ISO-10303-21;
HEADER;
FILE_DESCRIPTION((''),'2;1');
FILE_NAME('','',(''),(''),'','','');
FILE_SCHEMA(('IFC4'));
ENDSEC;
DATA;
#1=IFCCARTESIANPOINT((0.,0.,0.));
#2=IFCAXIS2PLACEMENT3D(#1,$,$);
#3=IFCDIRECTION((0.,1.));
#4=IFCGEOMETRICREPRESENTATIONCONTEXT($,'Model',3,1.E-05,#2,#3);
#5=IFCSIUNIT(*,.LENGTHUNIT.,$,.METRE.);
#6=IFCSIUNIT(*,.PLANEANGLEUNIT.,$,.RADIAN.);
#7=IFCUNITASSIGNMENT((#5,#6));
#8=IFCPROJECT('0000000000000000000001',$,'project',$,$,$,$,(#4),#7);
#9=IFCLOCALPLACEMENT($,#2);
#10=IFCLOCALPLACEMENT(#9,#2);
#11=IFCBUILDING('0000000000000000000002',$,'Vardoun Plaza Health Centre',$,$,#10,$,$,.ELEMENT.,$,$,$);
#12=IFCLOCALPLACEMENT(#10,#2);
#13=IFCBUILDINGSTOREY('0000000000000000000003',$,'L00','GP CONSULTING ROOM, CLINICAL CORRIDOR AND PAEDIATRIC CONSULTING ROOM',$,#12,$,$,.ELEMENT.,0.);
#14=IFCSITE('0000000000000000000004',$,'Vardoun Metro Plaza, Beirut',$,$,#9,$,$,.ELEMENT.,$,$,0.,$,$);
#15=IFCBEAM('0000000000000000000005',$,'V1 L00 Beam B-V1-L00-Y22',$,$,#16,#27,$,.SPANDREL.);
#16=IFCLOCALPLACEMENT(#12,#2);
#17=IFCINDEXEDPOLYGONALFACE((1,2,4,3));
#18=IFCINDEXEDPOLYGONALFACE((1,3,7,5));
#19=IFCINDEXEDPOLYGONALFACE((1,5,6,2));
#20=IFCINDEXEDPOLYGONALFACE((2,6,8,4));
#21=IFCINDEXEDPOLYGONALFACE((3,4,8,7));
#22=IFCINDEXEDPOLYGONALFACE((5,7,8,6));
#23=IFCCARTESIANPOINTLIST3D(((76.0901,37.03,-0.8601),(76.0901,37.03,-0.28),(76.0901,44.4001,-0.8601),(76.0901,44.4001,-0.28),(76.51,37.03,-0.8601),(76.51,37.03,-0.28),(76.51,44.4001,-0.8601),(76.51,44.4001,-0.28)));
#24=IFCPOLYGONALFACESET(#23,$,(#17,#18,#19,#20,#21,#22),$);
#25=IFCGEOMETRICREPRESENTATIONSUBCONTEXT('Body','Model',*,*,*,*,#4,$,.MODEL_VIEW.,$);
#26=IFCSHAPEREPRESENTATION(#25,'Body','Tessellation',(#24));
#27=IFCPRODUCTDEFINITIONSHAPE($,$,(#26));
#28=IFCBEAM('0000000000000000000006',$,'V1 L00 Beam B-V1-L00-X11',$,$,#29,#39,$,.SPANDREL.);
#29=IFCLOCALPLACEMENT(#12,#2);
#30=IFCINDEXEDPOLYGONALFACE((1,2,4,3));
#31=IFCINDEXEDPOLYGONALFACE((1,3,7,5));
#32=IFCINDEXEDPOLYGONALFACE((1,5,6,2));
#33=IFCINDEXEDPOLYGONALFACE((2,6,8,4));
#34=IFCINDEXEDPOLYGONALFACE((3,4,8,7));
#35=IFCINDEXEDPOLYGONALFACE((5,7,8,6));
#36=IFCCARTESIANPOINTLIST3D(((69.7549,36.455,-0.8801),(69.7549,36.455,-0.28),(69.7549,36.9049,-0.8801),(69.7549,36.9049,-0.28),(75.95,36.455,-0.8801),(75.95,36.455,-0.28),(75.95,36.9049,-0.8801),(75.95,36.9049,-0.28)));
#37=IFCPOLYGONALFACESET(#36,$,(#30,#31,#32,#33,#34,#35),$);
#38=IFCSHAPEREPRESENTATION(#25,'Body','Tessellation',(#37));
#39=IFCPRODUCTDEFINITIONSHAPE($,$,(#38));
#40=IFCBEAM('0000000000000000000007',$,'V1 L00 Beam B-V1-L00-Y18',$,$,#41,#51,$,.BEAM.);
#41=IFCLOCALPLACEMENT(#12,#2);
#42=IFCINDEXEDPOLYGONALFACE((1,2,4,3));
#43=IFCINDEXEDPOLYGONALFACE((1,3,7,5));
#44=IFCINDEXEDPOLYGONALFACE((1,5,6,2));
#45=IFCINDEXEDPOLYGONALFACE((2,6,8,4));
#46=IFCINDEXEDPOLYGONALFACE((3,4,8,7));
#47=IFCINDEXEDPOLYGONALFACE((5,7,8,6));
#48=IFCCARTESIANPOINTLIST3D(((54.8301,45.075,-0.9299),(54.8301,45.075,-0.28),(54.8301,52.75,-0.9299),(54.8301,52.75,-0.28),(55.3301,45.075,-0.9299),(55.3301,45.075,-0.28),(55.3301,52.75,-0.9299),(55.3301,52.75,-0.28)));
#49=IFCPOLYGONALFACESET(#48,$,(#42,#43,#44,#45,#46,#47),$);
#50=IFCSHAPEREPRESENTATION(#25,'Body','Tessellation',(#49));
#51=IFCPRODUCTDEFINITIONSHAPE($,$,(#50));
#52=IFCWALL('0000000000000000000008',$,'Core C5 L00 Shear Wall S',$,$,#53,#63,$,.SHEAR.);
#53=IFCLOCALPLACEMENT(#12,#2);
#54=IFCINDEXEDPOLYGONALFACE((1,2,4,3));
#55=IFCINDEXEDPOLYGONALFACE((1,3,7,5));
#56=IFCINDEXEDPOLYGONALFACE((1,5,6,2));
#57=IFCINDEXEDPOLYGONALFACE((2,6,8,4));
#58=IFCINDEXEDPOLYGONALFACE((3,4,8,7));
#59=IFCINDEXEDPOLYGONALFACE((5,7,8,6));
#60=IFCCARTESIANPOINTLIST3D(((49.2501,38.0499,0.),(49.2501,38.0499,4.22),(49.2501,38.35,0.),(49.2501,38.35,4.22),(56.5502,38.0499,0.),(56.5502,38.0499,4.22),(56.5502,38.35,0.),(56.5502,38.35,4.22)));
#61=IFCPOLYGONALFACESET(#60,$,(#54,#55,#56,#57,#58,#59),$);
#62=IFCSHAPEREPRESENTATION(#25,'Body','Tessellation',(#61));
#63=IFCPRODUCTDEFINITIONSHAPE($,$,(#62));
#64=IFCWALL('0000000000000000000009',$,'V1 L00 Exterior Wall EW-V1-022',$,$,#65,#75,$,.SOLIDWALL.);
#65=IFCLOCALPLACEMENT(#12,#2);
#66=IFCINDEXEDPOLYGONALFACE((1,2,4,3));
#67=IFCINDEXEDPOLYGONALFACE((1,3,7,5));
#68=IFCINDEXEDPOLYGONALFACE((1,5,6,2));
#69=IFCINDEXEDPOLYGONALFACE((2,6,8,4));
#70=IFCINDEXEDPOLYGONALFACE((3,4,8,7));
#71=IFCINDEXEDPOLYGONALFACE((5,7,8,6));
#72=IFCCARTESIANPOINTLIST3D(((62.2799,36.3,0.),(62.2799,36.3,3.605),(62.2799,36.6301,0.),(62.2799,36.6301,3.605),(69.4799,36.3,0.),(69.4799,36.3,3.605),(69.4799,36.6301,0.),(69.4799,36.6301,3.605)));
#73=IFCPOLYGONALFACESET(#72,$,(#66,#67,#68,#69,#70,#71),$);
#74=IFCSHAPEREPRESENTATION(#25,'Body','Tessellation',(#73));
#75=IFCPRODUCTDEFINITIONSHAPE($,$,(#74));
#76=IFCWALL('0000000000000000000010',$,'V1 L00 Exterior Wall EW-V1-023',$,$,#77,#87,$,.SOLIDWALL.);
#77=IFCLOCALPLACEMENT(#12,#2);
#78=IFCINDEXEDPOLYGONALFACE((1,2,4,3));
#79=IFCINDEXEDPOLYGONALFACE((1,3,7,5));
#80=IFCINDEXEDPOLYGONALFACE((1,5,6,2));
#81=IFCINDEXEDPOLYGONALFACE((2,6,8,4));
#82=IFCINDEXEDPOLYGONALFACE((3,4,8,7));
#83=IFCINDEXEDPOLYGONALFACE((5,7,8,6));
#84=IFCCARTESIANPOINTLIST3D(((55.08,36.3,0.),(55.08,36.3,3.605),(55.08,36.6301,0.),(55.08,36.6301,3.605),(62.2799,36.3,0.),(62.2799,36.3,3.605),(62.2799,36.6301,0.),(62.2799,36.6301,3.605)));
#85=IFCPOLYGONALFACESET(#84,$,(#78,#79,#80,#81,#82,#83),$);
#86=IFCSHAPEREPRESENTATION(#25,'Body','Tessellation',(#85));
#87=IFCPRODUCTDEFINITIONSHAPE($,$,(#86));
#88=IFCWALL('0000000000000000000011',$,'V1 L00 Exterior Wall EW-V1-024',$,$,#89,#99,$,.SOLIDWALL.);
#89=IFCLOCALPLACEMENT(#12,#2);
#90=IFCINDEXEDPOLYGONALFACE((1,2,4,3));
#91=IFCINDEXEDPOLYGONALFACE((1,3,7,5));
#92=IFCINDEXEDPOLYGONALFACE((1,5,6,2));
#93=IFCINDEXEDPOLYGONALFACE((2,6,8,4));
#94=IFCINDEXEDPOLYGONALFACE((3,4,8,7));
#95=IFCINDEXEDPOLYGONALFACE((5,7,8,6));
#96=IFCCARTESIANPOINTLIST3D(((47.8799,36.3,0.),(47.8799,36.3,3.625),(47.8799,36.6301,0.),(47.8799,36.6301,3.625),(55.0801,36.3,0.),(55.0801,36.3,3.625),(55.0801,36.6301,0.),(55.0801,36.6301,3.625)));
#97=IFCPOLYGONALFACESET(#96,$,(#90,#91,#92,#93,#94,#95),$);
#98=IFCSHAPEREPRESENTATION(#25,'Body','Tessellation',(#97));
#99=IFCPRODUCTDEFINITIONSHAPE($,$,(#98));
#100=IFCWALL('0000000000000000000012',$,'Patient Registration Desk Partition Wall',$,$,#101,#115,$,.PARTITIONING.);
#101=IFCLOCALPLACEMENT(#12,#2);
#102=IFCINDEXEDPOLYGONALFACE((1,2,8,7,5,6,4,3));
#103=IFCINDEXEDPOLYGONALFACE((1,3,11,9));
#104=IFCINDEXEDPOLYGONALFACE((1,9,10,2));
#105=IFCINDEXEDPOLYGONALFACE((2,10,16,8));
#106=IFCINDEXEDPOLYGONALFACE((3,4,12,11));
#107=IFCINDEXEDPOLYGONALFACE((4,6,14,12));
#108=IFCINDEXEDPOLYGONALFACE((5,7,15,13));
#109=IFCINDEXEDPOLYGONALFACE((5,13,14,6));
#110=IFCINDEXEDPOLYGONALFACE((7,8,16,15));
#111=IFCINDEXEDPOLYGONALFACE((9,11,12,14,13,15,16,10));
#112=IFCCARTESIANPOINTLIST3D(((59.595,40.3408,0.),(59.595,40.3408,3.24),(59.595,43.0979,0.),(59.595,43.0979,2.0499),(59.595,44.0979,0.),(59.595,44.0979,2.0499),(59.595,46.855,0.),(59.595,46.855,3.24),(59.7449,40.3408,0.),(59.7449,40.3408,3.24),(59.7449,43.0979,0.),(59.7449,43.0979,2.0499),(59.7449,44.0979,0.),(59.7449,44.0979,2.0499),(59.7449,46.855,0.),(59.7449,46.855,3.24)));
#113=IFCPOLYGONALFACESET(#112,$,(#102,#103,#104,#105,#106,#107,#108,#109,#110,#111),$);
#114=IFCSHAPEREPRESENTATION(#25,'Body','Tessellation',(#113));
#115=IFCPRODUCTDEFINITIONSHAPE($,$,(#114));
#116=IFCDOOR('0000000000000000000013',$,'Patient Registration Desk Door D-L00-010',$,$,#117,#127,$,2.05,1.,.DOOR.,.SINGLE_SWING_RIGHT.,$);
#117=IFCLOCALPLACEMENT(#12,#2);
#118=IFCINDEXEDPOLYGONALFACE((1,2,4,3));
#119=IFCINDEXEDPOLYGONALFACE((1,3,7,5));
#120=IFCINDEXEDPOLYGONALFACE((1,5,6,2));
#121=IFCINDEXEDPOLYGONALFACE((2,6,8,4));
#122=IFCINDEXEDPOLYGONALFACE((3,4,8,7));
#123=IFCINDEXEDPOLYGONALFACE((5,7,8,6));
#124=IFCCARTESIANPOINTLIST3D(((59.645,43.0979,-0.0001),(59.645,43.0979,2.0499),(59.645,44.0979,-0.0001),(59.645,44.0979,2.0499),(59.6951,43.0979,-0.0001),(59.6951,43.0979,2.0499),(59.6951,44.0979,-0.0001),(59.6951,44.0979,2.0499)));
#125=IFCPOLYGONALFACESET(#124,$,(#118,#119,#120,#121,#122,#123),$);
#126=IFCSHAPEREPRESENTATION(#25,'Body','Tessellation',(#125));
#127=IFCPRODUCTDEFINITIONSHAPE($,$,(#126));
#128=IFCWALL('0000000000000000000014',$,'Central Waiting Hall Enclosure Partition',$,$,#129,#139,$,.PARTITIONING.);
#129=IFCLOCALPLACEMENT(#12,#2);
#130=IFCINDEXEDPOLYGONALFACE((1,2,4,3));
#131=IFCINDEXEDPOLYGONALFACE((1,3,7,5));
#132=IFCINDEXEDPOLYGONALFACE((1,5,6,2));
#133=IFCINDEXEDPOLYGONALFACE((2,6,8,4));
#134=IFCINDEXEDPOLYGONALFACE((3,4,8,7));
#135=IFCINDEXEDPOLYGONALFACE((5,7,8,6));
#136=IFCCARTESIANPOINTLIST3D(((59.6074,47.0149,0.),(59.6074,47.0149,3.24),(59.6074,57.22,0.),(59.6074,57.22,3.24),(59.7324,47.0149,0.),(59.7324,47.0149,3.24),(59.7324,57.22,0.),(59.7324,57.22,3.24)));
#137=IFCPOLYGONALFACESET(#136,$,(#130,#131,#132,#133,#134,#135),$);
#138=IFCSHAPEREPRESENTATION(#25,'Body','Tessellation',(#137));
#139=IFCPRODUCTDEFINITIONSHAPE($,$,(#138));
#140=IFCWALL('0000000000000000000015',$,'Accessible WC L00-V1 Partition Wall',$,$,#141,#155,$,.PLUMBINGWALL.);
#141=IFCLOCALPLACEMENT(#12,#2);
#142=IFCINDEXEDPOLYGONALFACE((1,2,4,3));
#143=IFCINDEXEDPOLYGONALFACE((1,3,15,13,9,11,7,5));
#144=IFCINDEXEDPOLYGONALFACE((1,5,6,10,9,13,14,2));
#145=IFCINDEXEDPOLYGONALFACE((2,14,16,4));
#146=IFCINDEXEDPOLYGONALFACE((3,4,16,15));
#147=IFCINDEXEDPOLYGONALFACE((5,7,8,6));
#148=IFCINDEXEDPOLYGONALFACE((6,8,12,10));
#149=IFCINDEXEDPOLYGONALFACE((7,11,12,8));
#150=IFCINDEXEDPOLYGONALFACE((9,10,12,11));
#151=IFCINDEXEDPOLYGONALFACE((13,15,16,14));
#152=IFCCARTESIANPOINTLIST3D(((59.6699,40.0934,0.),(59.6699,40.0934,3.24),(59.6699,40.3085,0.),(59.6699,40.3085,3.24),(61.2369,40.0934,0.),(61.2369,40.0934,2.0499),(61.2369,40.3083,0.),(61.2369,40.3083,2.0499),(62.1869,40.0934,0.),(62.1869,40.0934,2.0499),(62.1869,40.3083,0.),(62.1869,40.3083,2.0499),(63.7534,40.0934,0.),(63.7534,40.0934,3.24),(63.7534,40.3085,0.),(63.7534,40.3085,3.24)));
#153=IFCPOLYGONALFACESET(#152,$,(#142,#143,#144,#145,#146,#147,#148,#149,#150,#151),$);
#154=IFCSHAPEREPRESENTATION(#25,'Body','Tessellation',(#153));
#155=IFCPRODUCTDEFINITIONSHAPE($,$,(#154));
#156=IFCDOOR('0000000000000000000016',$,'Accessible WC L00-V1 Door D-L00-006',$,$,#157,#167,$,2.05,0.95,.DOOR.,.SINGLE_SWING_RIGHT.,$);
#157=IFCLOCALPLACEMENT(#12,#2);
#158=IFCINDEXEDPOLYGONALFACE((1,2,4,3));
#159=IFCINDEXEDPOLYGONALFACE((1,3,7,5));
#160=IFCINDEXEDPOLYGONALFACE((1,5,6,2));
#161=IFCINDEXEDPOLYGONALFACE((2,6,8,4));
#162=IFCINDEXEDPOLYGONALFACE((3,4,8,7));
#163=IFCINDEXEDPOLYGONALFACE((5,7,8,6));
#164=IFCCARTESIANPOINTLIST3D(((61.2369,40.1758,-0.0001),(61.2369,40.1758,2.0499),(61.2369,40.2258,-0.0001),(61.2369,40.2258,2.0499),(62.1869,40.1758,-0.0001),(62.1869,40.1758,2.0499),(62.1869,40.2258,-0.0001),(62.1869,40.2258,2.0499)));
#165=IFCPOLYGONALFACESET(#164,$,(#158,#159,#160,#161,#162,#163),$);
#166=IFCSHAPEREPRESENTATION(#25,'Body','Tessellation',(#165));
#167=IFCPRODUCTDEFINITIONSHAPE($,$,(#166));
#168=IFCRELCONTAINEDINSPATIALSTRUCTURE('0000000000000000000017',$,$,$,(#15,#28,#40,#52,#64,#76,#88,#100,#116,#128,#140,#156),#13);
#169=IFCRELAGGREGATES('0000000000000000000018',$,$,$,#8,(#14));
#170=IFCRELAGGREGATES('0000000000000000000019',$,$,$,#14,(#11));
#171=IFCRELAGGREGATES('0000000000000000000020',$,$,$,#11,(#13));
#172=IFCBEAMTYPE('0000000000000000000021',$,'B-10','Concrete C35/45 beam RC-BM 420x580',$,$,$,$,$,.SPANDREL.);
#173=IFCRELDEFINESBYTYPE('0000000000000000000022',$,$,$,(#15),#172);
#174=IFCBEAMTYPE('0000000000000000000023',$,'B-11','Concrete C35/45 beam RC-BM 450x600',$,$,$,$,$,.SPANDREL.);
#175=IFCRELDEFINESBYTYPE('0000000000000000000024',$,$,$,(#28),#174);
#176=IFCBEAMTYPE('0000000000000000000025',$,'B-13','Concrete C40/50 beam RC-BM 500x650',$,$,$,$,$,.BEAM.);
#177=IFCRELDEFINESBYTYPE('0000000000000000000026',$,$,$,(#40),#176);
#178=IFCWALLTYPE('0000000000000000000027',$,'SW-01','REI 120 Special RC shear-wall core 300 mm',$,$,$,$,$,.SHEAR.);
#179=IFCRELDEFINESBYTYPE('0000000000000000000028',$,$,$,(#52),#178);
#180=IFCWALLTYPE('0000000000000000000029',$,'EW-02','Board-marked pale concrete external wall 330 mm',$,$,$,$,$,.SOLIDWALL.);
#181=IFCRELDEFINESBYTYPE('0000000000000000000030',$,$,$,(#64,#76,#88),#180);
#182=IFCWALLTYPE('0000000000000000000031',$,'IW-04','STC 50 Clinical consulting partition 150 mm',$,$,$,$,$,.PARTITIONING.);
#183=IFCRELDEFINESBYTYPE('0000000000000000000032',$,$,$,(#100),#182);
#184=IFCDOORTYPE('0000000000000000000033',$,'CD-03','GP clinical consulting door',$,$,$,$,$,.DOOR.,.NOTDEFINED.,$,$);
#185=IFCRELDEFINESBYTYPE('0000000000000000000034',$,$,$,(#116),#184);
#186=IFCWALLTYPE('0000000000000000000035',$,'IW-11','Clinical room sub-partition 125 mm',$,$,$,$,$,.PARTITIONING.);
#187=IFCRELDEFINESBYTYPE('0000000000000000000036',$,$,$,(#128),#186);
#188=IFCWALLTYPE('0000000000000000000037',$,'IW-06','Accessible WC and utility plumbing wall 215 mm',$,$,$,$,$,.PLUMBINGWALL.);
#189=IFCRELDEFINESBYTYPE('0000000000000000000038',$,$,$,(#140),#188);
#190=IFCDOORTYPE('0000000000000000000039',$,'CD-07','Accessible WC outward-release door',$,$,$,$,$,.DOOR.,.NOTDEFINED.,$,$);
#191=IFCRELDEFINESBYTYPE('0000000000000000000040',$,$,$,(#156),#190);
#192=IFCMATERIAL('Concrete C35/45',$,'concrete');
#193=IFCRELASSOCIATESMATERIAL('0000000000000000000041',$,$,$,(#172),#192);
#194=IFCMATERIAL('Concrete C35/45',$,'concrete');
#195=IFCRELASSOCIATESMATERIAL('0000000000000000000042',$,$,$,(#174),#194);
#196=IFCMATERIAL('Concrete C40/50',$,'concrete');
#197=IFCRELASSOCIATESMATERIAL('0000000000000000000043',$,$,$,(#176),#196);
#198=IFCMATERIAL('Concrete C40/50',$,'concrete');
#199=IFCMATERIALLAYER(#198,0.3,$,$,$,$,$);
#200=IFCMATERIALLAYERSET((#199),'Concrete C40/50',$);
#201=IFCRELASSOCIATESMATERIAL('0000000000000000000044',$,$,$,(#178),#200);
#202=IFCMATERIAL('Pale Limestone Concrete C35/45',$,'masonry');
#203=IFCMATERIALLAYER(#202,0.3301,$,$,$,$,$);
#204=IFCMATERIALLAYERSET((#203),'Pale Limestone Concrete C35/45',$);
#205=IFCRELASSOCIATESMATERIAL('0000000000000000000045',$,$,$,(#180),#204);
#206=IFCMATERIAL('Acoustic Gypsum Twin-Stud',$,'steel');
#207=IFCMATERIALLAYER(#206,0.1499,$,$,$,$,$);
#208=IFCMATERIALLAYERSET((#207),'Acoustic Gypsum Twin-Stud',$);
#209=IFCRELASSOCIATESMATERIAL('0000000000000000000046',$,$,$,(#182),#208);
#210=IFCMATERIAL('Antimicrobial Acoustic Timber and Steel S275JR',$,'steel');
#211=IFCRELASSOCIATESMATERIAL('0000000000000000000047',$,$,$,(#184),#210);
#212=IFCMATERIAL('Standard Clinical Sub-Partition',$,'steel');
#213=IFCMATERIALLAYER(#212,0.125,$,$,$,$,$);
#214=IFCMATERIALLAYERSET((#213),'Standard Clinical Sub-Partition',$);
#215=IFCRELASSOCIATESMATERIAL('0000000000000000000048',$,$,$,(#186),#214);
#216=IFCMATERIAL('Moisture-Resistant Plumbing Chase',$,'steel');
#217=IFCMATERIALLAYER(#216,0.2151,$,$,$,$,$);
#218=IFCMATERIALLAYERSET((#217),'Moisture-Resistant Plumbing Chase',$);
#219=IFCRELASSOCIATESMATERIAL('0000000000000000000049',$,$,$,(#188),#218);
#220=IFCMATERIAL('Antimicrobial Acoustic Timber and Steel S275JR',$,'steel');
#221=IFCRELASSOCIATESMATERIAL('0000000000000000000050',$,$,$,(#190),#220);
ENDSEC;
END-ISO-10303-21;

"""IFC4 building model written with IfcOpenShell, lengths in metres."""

from ifc_helpers import new_model, si_unit, direction, frame, frame_2d, origin, origin_2d, place, context, subcontext, project, spatial, rectangle, extrude, material, layer, layer_set, material_profile, profile_set, type_object, element, fill, save


model = new_model("IFC4")

# Units and contexts
model_context = context("Model", 3, precision=1e-05, world=origin(), true_north=direction((0.0, 1.0)))
body_context = subcontext(model_context, "Body", "Model", "MODEL_VIEW")
ifc_project = project(units=[si_unit("LENGTHUNIT", "METRE"), si_unit("PLANEANGLEUNIT", "RADIAN")], contexts=[model_context])

# Site, building, storey
site_placement = place(None, origin())
site = spatial("IfcSite", under=ifc_project, at=site_placement, Name="Vardoun Metro Plaza, Beirut", CompositionType="ELEMENT", RefElevation=0.0)
building_placement = place(site_placement, origin())
building = spatial("IfcBuilding", under=site, at=building_placement, Name="Vardoun Plaza Health Centre", CompositionType="ELEMENT")
storey_placement = place(building_placement, origin())
storey = spatial("IfcBuildingStorey", under=building, at=storey_placement, Name="L00", Description="GP CONSULTING ROOM, CLINICAL CORRIDOR AND PAEDIATRIC CONSULTING ROOM", CompositionType="ELEMENT", Elevation=0.0)

# Beams
ifc_material_1 = material(Name="Concrete C35/45", Category="concrete")
ifc_material_profile_1 = material_profile(ifc_material_1, rectangle(XDim=0.4199, YDim=0.5801, at=origin_2d()), Name="RC-BM 420x580")
ifc_profile_set_1 = profile_set([ifc_material_profile_1], Name="Concrete C35/45")
beam_type_1 = type_object("IfcBeamType", Name="B-10", Description="Concrete C35/45 beam RC-BM 420x580", PredefinedType="SPANDREL", material=ifc_profile_set_1)
beam_1_placement = place(storey_placement, frame((76.3, 37.03, -0.5701), z_axis=(0.0, 1.0, 0.0), x_axis=(-1.0, 0.0, 0.0)))
element("IfcBeam", 1, at=beam_1_placement, inside=storey, type_object=beam_type_1, Name="V1 L00 Beam B-V1-L00-Y22", PredefinedType="SPANDREL", context=body_context, shape_type="SweptSolid", body=[
    extrude(rectangle(XDim=0.4199, YDim=0.5801, at=origin_2d()), origin(), (0.0, 0.0, 1.0), 7.3701),
])
ifc_material_2 = material(Name="Concrete C35/45", Category="concrete")
ifc_material_profile_2 = material_profile(ifc_material_2, rectangle(XDim=0.45, YDim=0.6001, at=origin_2d()), Name="RC-BM 450x600")
ifc_profile_set_2 = profile_set([ifc_material_profile_2], Name="Concrete C35/45")
beam_type_2 = type_object("IfcBeamType", Name="B-11", Description="Concrete C35/45 beam RC-BM 450x600", PredefinedType="SPANDREL", material=ifc_profile_set_2)
beam_2_placement = place(storey_placement, frame((69.7549, 36.6799, -0.5801), z_axis=(1.0, 0.0, 0.0), x_axis=(0.0, 1.0, 0.0)))
element("IfcBeam", 2, at=beam_2_placement, inside=storey, type_object=beam_type_2, Name="V1 L00 Beam B-V1-L00-X11", PredefinedType="SPANDREL", context=body_context, shape_type="SweptSolid", body=[
    extrude(rectangle(XDim=0.45, YDim=0.6001, at=origin_2d()), origin(), (0.0, 0.0, 1.0), 6.1951),
])
ifc_material_3 = material(Name="Concrete C40/50", Category="concrete")
ifc_material_profile_3 = material_profile(ifc_material_3, rectangle(XDim=0.5, YDim=0.6499, at=origin_2d()), Name="RC-BM 500x650")
ifc_profile_set_3 = profile_set([ifc_material_profile_3], Name="Concrete C40/50")
beam_type_3 = type_object("IfcBeamType", Name="B-13", Description="Concrete C40/50 beam RC-BM 500x650", PredefinedType="BEAM", material=ifc_profile_set_3)
beam_3_placement = place(storey_placement, frame((55.0801, 45.075, -0.605), z_axis=(0.0, 1.0, 0.0), x_axis=(-1.0, 0.0, 0.0)))
element("IfcBeam", 3, at=beam_3_placement, inside=storey, type_object=beam_type_3, Name="V1 L00 Beam B-V1-L00-Y18", PredefinedType="BEAM", context=body_context, shape_type="SweptSolid", body=[
    extrude(rectangle(XDim=0.5, YDim=0.6499, at=origin_2d()), origin(), (0.0, 0.0, 1.0), 7.675),
])

# Wall
ifc_material_4 = material(Name="Concrete C40/50", Category="concrete")
ifc_layer_1 = layer(ifc_material_4, 0.3)
ifc_layer_set_1 = layer_set([ifc_layer_1], Name="Concrete C40/50")
wall_type_1 = type_object("IfcWallType", Name="SW-01", Description="REI 120 Special RC shear-wall core 300 mm", PredefinedType="SHEAR", material=ifc_layer_set_1)
wall_1_placement = place(storey_placement, frame((56.55, 38.2, 0.0), z_axis=(0.0, 0.0, 1.0), x_axis=(-1.0, 0.0, 0.0)))
element("IfcWall", 4, at=wall_1_placement, inside=storey, type_object=wall_type_1, Name="Core C5 L00 Shear Wall S", PredefinedType="SHEAR", context=body_context, shape_type="SweptSolid", body=[
    extrude(rectangle(XDim=7.3, YDim=0.3, at=frame_2d((3.6499, 0.0))), origin(), (0.0, 0.0, 1.0), 4.22),
])

# Walls
ifc_material_5 = material(Name="Pale Limestone Concrete C35/45", Category="masonry")
ifc_layer_2 = layer(ifc_material_5, 0.3301)
ifc_layer_set_2 = layer_set([ifc_layer_2], Name="Pale Limestone Concrete C35/45")
wall_type_2 = type_object("IfcWallType", Name="EW-02", Description="Board-marked pale concrete external wall 330 mm", PredefinedType="SOLIDWALL", material=ifc_layer_set_2)
for number, where, z_axis, x_axis, name in (
    (5, (69.48, 36.4651, 0.0), (0.0, 0.0, 1.0), (-1.0, 0.0, 0.0), "V1 L00 Exterior Wall EW-V1-022"),
    (6, (62.28, 36.4651, 0.0), (0.0, 0.0, 1.0), (-1.0, 0.0, 0.0), "V1 L00 Exterior Wall EW-V1-023"),
):
    element("IfcWall", number, at=place(storey_placement, frame(where, z_axis=z_axis, x_axis=x_axis)), inside=storey, type_object=wall_type_2, Name=name, PredefinedType="SOLIDWALL", context=body_context, shape_type="SweptSolid", body=[
        extrude(rectangle(XDim=7.2, YDim=0.3301, at=frame_2d((3.6001, 0.0))), origin(), (0.0, 0.0, 1.0), 3.605),
    ])
wall_2_placement = place(storey_placement, frame((55.0801, 36.4651, 0.0), z_axis=(0.0, 0.0, 1.0), x_axis=(-1.0, 0.0, 0.0)))
element("IfcWall", 7, at=wall_2_placement, inside=storey, type_object=wall_type_2, Name="V1 L00 Exterior Wall EW-V1-024", PredefinedType="SOLIDWALL", context=body_context, shape_type="SweptSolid", body=[
    extrude(rectangle(XDim=7.2002, YDim=0.3301, at=frame_2d((3.6001, 0.0))), origin(), (0.0, 0.0, 1.0), 3.625),
])

# Wall, opening, door
ifc_material_6 = material(Name="Acoustic Gypsum Twin-Stud", Category="steel")
ifc_layer_3 = layer(ifc_material_6, 0.1499)
ifc_layer_set_3 = layer_set([ifc_layer_3], Name="Acoustic Gypsum Twin-Stud")
wall_type_3 = type_object("IfcWallType", Name="IW-04", Description="STC 50 Clinical consulting partition 150 mm", PredefinedType="PARTITIONING", material=ifc_layer_set_3)
wall_3_placement = place(storey_placement, frame((59.6699, 40.3408, 0.0), z_axis=(0.0, 0.0, 1.0), x_axis=(0.0, 1.0, 0.0)))
wall_3 = element("IfcWall", 8, at=wall_3_placement, inside=storey, type_object=wall_type_3, Name="Patient Registration Desk Partition Wall", PredefinedType="PARTITIONING", context=body_context, shape_type="SweptSolid", body=[
    extrude(rectangle(XDim=6.5142, YDim=0.1499, at=frame_2d((3.2571, 0.0))), origin(), (0.0, 0.0, 1.0), 3.24),
])
opening_1_placement = place(wall_3_placement, frame((2.7571, 0.0, 0.0)))
opening_1 = element("IfcOpeningElement", 9, at=opening_1_placement, cuts=wall_3, PredefinedType="OPENING", context=body_context, shape_type="SweptSolid", body=[
    extrude(rectangle(XDim=1.0, YDim=2.05, at=frame_2d((0.5, 1.0249))), frame((0.0, 0.075, 0.0), z_axis=(0.0, -1.0, 0.0), x_axis=(1.0, 0.0, 0.0)), (0.0, 0.0, 1.0), 0.1499),
])
ifc_material_7 = material(Name="Antimicrobial Acoustic Timber and Steel S275JR", Category="steel")
door_type_1 = type_object("IfcDoorType", Name="CD-03", Description="GP clinical consulting door", OperationType="NOTDEFINED", PredefinedType="DOOR", material=ifc_material_7)
door_1_placement = place(opening_1_placement, origin())
door_1 = element("IfcDoor", 10, at=door_1_placement, inside=storey, type_object=door_type_1, Name="Patient Registration Desk Door D-L00-010", OperationType="SINGLE_SWING_RIGHT", OverallHeight=2.05, OverallWidth=1.0, PredefinedType="DOOR", context=body_context, shape_type="SweptSolid", body=[
    extrude(rectangle(XDim=1.0, YDim=2.05, at=frame_2d((0.5, 1.0249))), frame((0.0, 0.0249, 0.0), z_axis=(0.0, -1.0, 0.0), x_axis=(1.0, 0.0, 0.0)), (0.0, 0.0, 1.0), 0.05),
])
fill(opening_1, door_1)

# Wall
ifc_material_8 = material(Name="Standard Clinical Sub-Partition", Category="steel")
ifc_layer_4 = layer(ifc_material_8, 0.125)
ifc_layer_set_4 = layer_set([ifc_layer_4], Name="Standard Clinical Sub-Partition")
wall_type_4 = type_object("IfcWallType", Name="IW-11", Description="Clinical room sub-partition 125 mm", PredefinedType="PARTITIONING", material=ifc_layer_set_4)
wall_4_placement = place(storey_placement, frame((59.6699, 47.0149, 0.0), z_axis=(0.0, 0.0, 1.0), x_axis=(0.0, 1.0, 0.0)))
element("IfcWall", 11, at=wall_4_placement, inside=storey, type_object=wall_type_4, Name="Central Waiting Hall Enclosure Partition", PredefinedType="PARTITIONING", context=body_context, shape_type="SweptSolid", body=[
    extrude(rectangle(XDim=10.2051, YDim=0.125, at=frame_2d((5.1025, 0.0))), origin(), (0.0, 0.0, 1.0), 3.24),
])

# Wall, opening, door
ifc_material_9 = material(Name="Moisture-Resistant Plumbing Chase", Category="steel")
ifc_layer_5 = layer(ifc_material_9, 0.2151)
ifc_layer_set_5 = layer_set([ifc_layer_5], Name="Moisture-Resistant Plumbing Chase")
wall_type_5 = type_object("IfcWallType", Name="IW-06", Description="Accessible WC and utility plumbing wall 215 mm", PredefinedType="PLUMBINGWALL", material=ifc_layer_set_5)
wall_5_placement = place(storey_placement, frame((59.6699, 40.2009, 0.0), z_axis=(0.0, 0.0, 1.0), x_axis=(1.0, 0.0, 0.0)))
wall_5 = element("IfcWall", 12, at=wall_5_placement, inside=storey, type_object=wall_type_5, Name="Accessible WC L00-V1 Partition Wall", PredefinedType="PLUMBINGWALL", context=body_context, shape_type="SweptSolid", body=[
    extrude(rectangle(XDim=4.0835, YDim=0.2151, at=frame_2d((2.0417, 0.0))), origin(), (0.0, 0.0, 1.0), 3.24),
])
opening_2_placement = place(wall_5_placement, frame((1.5669, 0.0, 0.0)))
opening_2 = element("IfcOpeningElement", 13, at=opening_2_placement, cuts=wall_5, PredefinedType="OPENING", context=body_context, shape_type="SweptSolid", body=[
    extrude(rectangle(XDim=0.95, YDim=2.05, at=frame_2d((0.4751, 1.0249))), frame((0.0, 0.1074, 0.0), z_axis=(0.0, -1.0, 0.0), x_axis=(1.0, 0.0, 0.0)), (0.0, 0.0, 1.0), 0.2151),
])
ifc_material_10 = material(Name="Antimicrobial Acoustic Timber and Steel S275JR", Category="steel")
door_type_2 = type_object("IfcDoorType", Name="CD-07", Description="Accessible WC outward-release door", OperationType="NOTDEFINED", PredefinedType="DOOR", material=ifc_material_10)
door_2_placement = place(opening_2_placement, origin())
door_2 = element("IfcDoor", 14, at=door_2_placement, inside=storey, type_object=door_type_2, Name="Accessible WC L00-V1 Door D-L00-006", OperationType="SINGLE_SWING_RIGHT", OverallHeight=2.05, OverallWidth=0.95, PredefinedType="DOOR", context=body_context, shape_type="SweptSolid", body=[
    extrude(rectangle(XDim=0.95, YDim=2.05, at=frame_2d((0.4751, 1.0249))), frame((0.0, 0.0249, 0.0), z_axis=(0.0, -1.0, 0.0), x_axis=(1.0, 0.0, 0.0)), (0.0, 0.0, 1.0), 0.05),
])
fill(opening_2, door_2)

save(model, "model.ifc")
